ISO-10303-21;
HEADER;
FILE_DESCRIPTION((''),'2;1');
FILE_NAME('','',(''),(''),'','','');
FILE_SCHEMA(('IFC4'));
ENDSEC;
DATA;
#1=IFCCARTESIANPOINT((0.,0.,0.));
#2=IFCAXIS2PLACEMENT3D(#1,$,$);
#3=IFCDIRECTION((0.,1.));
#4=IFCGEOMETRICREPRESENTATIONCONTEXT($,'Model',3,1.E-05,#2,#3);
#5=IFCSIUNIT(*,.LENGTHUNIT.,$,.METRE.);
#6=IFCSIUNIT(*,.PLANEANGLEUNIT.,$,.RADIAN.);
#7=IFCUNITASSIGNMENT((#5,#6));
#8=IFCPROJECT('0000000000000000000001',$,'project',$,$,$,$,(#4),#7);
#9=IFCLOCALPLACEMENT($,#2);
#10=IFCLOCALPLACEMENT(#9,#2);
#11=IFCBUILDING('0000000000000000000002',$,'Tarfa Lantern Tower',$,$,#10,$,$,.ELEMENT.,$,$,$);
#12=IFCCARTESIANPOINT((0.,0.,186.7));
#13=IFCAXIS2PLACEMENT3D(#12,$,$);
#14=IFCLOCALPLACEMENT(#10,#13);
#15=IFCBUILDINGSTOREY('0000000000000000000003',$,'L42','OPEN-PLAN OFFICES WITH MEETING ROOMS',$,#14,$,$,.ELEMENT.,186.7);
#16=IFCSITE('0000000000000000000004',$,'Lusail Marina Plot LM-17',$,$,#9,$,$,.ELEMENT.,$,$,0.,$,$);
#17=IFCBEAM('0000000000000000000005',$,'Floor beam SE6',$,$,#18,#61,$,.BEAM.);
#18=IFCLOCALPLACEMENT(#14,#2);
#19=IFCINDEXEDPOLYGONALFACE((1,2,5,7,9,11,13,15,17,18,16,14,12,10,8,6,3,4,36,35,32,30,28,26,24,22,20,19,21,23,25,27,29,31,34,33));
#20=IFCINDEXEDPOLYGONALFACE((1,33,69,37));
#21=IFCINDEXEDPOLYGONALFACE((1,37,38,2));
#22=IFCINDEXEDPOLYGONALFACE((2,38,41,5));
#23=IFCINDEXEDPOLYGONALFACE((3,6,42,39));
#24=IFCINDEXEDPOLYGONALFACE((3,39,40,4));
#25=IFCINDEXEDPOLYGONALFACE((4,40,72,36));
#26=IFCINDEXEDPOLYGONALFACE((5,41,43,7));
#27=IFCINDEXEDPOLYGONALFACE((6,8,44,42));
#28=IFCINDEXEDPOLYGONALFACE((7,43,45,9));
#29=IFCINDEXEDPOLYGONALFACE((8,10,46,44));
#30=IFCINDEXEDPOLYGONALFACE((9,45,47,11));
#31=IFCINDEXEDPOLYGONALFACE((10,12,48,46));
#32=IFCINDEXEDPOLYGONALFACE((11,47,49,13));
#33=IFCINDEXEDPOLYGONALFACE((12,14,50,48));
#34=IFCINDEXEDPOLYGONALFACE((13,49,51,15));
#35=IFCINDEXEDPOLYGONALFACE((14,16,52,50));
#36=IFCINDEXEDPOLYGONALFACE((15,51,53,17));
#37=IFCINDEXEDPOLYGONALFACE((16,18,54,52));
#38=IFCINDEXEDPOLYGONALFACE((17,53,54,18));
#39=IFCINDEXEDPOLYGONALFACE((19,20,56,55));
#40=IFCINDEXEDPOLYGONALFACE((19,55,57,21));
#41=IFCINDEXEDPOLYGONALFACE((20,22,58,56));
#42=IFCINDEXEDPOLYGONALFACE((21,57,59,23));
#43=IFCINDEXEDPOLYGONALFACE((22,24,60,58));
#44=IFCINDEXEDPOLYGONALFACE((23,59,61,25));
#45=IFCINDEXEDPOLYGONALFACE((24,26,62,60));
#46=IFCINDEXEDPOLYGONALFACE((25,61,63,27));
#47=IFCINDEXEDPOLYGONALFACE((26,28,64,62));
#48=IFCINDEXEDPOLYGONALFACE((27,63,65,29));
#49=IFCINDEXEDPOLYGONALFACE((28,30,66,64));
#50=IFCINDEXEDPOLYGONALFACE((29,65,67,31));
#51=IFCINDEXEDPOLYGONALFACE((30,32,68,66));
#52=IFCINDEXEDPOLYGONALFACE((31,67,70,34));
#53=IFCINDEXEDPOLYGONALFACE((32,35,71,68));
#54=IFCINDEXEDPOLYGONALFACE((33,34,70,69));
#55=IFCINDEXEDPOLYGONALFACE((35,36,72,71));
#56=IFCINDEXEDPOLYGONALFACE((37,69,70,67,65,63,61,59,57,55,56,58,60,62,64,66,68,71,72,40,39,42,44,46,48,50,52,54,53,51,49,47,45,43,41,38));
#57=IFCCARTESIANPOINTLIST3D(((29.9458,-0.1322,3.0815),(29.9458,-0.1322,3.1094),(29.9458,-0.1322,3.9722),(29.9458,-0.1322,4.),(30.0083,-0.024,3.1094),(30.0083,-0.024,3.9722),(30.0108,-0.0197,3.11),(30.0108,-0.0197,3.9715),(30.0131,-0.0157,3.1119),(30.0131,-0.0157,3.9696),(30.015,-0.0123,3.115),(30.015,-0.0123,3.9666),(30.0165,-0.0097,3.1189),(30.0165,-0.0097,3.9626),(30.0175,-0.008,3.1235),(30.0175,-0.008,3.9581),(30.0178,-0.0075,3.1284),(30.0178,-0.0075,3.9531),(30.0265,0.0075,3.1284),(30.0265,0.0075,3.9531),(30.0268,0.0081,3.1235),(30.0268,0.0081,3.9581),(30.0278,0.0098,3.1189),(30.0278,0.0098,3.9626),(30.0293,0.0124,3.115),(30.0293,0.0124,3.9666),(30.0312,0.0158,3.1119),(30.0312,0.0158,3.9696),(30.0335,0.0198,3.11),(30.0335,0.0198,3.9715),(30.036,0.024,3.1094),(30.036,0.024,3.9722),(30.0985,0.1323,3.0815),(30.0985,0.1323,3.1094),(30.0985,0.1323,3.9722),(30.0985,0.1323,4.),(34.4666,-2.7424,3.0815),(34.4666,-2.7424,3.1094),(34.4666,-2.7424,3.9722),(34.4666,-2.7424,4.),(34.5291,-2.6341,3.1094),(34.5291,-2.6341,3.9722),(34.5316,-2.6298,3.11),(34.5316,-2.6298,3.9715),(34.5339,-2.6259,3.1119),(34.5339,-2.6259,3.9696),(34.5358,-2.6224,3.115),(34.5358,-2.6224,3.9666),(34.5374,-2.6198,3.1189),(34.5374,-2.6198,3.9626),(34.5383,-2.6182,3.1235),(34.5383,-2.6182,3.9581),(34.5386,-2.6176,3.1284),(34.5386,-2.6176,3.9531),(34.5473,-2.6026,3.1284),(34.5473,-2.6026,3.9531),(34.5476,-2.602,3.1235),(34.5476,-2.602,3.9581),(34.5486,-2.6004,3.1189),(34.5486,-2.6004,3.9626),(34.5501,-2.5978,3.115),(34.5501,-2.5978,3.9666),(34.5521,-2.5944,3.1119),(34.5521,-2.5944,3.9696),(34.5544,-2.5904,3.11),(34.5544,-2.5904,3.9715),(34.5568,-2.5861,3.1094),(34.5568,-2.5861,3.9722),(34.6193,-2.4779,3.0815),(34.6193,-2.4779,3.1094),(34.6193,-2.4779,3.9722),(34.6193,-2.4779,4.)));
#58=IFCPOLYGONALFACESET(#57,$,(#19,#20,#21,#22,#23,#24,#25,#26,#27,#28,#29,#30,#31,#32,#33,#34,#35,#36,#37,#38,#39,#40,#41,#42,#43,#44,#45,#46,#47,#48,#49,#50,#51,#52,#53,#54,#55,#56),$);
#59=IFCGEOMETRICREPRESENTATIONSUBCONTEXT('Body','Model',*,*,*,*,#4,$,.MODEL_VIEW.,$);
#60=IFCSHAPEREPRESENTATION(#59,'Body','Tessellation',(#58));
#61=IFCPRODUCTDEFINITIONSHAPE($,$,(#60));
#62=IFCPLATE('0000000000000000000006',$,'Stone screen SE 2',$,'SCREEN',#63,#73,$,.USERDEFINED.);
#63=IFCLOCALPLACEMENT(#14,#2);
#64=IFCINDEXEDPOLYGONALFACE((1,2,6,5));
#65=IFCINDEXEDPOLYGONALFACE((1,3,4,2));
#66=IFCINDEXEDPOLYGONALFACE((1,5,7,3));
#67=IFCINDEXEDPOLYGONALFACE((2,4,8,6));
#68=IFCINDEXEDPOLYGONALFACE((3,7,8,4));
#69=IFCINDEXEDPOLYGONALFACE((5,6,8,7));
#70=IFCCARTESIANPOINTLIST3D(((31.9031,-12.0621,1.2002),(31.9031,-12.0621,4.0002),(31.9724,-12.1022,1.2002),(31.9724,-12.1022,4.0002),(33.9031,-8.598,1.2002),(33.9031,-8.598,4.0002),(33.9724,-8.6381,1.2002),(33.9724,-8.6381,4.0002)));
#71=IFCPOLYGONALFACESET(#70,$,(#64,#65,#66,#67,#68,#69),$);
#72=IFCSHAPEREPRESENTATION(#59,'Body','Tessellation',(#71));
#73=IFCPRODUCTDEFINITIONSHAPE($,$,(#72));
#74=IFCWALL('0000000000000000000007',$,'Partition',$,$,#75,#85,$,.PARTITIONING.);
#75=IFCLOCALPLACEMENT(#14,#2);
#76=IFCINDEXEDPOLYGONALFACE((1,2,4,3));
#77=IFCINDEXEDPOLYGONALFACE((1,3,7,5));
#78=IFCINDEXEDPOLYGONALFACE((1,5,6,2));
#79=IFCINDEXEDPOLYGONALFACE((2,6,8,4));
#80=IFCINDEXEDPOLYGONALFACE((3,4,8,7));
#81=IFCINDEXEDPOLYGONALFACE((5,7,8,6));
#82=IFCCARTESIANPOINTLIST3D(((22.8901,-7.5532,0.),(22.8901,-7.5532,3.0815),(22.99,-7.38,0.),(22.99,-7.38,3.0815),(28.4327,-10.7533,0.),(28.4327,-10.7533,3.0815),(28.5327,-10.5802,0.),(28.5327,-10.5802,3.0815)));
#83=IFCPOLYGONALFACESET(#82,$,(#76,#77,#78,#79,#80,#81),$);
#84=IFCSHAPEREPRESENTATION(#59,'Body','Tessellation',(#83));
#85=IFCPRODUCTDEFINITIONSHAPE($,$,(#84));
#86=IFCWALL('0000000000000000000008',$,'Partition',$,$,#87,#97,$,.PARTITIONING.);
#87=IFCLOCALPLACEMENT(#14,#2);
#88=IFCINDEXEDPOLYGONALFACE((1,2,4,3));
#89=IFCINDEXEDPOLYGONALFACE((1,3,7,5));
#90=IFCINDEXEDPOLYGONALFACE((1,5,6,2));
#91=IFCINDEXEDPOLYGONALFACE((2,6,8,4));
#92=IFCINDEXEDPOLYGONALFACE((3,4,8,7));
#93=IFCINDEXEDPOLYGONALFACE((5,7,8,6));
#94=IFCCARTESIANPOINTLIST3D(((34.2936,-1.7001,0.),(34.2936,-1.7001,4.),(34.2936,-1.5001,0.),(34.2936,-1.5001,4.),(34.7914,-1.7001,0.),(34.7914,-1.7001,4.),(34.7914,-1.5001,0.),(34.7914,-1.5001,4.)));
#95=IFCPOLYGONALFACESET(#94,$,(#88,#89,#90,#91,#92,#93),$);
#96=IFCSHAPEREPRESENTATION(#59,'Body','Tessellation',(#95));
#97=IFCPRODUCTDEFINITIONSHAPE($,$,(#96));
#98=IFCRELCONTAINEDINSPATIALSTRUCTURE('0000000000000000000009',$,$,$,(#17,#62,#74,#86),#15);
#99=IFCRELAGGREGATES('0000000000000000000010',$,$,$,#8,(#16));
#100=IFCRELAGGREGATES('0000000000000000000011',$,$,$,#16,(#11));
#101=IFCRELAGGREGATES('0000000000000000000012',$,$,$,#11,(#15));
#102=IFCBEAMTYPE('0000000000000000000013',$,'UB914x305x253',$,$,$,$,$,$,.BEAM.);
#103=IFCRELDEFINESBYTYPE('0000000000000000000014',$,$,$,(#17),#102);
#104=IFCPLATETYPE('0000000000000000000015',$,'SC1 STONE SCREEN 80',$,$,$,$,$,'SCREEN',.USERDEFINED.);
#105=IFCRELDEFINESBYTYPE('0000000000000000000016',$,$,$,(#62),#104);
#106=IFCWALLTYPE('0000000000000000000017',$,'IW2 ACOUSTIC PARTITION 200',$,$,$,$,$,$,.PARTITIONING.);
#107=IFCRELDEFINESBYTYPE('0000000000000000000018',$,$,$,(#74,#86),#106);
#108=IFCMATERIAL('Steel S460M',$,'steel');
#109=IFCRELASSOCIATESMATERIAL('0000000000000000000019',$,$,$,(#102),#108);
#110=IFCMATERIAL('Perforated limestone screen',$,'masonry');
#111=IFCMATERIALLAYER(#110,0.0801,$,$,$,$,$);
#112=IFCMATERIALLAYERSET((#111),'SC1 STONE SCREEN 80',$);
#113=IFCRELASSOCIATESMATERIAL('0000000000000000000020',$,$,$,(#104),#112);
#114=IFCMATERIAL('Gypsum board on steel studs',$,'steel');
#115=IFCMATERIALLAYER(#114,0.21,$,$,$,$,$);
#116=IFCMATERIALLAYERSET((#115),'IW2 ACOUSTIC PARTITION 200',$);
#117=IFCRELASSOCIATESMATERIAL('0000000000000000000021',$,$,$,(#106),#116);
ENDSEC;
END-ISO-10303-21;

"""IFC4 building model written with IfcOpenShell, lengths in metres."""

from ifc_helpers import new_model, si_unit, direction, frame, frame_2d, origin, origin_2d, place, context, subcontext, project, spatial, rectangle, i_section, extrude, material, layer, layer_set, material_profile, profile_set, type_object, element, save


model = new_model("IFC4")

# Units and contexts
model_context = context("Model", 3, precision=1e-05, world=origin(), true_north=direction((0.0, 1.0)))
body_context = subcontext(model_context, "Body", "Model", "MODEL_VIEW")
ifc_project = project(units=[si_unit("LENGTHUNIT", "METRE"), si_unit("PLANEANGLEUNIT", "RADIAN")], contexts=[model_context])

# Site, building, storey
site_placement = place(None, origin())
site = spatial("IfcSite", under=ifc_project, at=site_placement, Name="Lusail Marina Plot LM-17", CompositionType="ELEMENT", RefElevation=0.0)
building_placement = place(site_placement, origin())
building = spatial("IfcBuilding", under=site, at=building_placement, Name="Tarfa Lantern Tower", CompositionType="ELEMENT")
storey_placement = place(building_placement, frame((0.0, 0.0, 186.7)))
storey = spatial("IfcBuildingStorey", under=building, at=storey_placement, Name="L42", Description="OPEN-PLAN OFFICES WITH MEETING ROOMS", CompositionType="ELEMENT", Elevation=186.7)

# Beam
ifc_material_1 = material(Name="Steel S460M", Category="steel")
ifc_material_profile_1 = material_profile(ifc_material_1, i_section(OverallWidth=0.3054, OverallDepth=0.9185, WebThickness=0.0173, FlangeThickness=0.0278, FilletRadius=0.019, at=origin_2d()), Name="UB914x305x253")
ifc_profile_set_1 = profile_set([ifc_material_profile_1], Name="Steel S460M")
beam_type_1 = type_object("IfcBeamType", Name="UB914x305x253", PredefinedType="BEAM", material=ifc_profile_set_1)
beam_1_placement = place(storey_placement, frame((34.543, -2.6101, 3.5408), z_axis=(-0.866021, 0.500007, 0.0), x_axis=(-0.500007, -0.866021, 0.0)))
element("IfcBeam", 1, at=beam_1_placement, inside=storey, type_object=beam_type_1, Name="Floor beam SE6", PredefinedType="BEAM", context=body_context, shape_type="SweptSolid", body=[
    extrude(i_section(OverallWidth=0.3054, OverallDepth=0.9185, WebThickness=0.0173, FlangeThickness=0.0278, FilletRadius=0.019, at=origin_2d()), origin(), (0.0, 0.0, 1.0), 5.2202),
])

# Plate
ifc_material_2 = material(Name="Perforated limestone screen", Category="masonry")
ifc_layer_1 = layer(ifc_material_2, 0.0801)
ifc_layer_set_1 = layer_set([ifc_layer_1], Name="SC1 STONE SCREEN 80")
plate_type = type_object("IfcPlateType", Name="SC1 STONE SCREEN 80", ElementType="SCREEN", PredefinedType="USERDEFINED", material=ifc_layer_set_1)
plate_placement = place(storey_placement, frame((32.9377, -10.3501, 1.2002), z_axis=(0.0, 0.0, 1.0), x_axis=(0.5, 0.866025, 0.0)))
element("IfcPlate", 2, at=plate_placement, inside=storey, type_object=plate_type, Name="Stone screen SE 2", ObjectType="SCREEN", PredefinedType="USERDEFINED", context=body_context, shape_type="SweptSolid", body=[
    extrude(rectangle(XDim=4.0, YDim=0.0801, at=origin_2d()), origin(), (0.0, 0.0, 1.0), 2.8),
])

# Walls
ifc_material_3 = material(Name="Gypsum board on steel studs", Category="steel")
ifc_layer_2 = layer(ifc_material_3, 0.21)
ifc_layer_set_2 = layer_set([ifc_layer_2], Name="IW2 ACOUSTIC PARTITION 200")
wall_type = type_object("IfcWallType", Name="IW2 ACOUSTIC PARTITION 200", PredefinedType="PARTITIONING", material=ifc_layer_set_2)
wall_1_placement = place(storey_placement, frame((22.9399, -7.4666, 0.0), z_axis=(0.0, 0.0, 1.0), x_axis=(0.866019, -0.500012, 0.0)))
element("IfcWall", 3, at=wall_1_placement, inside=storey, type_object=wall_type, Name="Partition", PredefinedType="PARTITIONING", context=body_context, shape_type="SweptSolid", body=[
    extrude(rectangle(XDim=6.4001, YDim=0.2, at=frame_2d((3.2002, 0.0))), origin(), (0.0, 0.0, 1.0), 3.0815),
])
wall_2_placement = place(storey_placement, frame((34.2935, -1.6001, 0.0), z_axis=(0.0, 0.0, 1.0), x_axis=(1.0, 0.0, 0.0)))
element("IfcWall", 4, at=wall_2_placement, inside=storey, type_object=wall_type, Name="Partition", PredefinedType="PARTITIONING", context=body_context, shape_type="SweptSolid", body=[
    extrude(rectangle(XDim=0.4978, YDim=0.2, at=frame_2d((0.249, 0.0))), origin(), (0.0, 0.0, 1.0), 4.0),
])

save(model, "model.ifc")
